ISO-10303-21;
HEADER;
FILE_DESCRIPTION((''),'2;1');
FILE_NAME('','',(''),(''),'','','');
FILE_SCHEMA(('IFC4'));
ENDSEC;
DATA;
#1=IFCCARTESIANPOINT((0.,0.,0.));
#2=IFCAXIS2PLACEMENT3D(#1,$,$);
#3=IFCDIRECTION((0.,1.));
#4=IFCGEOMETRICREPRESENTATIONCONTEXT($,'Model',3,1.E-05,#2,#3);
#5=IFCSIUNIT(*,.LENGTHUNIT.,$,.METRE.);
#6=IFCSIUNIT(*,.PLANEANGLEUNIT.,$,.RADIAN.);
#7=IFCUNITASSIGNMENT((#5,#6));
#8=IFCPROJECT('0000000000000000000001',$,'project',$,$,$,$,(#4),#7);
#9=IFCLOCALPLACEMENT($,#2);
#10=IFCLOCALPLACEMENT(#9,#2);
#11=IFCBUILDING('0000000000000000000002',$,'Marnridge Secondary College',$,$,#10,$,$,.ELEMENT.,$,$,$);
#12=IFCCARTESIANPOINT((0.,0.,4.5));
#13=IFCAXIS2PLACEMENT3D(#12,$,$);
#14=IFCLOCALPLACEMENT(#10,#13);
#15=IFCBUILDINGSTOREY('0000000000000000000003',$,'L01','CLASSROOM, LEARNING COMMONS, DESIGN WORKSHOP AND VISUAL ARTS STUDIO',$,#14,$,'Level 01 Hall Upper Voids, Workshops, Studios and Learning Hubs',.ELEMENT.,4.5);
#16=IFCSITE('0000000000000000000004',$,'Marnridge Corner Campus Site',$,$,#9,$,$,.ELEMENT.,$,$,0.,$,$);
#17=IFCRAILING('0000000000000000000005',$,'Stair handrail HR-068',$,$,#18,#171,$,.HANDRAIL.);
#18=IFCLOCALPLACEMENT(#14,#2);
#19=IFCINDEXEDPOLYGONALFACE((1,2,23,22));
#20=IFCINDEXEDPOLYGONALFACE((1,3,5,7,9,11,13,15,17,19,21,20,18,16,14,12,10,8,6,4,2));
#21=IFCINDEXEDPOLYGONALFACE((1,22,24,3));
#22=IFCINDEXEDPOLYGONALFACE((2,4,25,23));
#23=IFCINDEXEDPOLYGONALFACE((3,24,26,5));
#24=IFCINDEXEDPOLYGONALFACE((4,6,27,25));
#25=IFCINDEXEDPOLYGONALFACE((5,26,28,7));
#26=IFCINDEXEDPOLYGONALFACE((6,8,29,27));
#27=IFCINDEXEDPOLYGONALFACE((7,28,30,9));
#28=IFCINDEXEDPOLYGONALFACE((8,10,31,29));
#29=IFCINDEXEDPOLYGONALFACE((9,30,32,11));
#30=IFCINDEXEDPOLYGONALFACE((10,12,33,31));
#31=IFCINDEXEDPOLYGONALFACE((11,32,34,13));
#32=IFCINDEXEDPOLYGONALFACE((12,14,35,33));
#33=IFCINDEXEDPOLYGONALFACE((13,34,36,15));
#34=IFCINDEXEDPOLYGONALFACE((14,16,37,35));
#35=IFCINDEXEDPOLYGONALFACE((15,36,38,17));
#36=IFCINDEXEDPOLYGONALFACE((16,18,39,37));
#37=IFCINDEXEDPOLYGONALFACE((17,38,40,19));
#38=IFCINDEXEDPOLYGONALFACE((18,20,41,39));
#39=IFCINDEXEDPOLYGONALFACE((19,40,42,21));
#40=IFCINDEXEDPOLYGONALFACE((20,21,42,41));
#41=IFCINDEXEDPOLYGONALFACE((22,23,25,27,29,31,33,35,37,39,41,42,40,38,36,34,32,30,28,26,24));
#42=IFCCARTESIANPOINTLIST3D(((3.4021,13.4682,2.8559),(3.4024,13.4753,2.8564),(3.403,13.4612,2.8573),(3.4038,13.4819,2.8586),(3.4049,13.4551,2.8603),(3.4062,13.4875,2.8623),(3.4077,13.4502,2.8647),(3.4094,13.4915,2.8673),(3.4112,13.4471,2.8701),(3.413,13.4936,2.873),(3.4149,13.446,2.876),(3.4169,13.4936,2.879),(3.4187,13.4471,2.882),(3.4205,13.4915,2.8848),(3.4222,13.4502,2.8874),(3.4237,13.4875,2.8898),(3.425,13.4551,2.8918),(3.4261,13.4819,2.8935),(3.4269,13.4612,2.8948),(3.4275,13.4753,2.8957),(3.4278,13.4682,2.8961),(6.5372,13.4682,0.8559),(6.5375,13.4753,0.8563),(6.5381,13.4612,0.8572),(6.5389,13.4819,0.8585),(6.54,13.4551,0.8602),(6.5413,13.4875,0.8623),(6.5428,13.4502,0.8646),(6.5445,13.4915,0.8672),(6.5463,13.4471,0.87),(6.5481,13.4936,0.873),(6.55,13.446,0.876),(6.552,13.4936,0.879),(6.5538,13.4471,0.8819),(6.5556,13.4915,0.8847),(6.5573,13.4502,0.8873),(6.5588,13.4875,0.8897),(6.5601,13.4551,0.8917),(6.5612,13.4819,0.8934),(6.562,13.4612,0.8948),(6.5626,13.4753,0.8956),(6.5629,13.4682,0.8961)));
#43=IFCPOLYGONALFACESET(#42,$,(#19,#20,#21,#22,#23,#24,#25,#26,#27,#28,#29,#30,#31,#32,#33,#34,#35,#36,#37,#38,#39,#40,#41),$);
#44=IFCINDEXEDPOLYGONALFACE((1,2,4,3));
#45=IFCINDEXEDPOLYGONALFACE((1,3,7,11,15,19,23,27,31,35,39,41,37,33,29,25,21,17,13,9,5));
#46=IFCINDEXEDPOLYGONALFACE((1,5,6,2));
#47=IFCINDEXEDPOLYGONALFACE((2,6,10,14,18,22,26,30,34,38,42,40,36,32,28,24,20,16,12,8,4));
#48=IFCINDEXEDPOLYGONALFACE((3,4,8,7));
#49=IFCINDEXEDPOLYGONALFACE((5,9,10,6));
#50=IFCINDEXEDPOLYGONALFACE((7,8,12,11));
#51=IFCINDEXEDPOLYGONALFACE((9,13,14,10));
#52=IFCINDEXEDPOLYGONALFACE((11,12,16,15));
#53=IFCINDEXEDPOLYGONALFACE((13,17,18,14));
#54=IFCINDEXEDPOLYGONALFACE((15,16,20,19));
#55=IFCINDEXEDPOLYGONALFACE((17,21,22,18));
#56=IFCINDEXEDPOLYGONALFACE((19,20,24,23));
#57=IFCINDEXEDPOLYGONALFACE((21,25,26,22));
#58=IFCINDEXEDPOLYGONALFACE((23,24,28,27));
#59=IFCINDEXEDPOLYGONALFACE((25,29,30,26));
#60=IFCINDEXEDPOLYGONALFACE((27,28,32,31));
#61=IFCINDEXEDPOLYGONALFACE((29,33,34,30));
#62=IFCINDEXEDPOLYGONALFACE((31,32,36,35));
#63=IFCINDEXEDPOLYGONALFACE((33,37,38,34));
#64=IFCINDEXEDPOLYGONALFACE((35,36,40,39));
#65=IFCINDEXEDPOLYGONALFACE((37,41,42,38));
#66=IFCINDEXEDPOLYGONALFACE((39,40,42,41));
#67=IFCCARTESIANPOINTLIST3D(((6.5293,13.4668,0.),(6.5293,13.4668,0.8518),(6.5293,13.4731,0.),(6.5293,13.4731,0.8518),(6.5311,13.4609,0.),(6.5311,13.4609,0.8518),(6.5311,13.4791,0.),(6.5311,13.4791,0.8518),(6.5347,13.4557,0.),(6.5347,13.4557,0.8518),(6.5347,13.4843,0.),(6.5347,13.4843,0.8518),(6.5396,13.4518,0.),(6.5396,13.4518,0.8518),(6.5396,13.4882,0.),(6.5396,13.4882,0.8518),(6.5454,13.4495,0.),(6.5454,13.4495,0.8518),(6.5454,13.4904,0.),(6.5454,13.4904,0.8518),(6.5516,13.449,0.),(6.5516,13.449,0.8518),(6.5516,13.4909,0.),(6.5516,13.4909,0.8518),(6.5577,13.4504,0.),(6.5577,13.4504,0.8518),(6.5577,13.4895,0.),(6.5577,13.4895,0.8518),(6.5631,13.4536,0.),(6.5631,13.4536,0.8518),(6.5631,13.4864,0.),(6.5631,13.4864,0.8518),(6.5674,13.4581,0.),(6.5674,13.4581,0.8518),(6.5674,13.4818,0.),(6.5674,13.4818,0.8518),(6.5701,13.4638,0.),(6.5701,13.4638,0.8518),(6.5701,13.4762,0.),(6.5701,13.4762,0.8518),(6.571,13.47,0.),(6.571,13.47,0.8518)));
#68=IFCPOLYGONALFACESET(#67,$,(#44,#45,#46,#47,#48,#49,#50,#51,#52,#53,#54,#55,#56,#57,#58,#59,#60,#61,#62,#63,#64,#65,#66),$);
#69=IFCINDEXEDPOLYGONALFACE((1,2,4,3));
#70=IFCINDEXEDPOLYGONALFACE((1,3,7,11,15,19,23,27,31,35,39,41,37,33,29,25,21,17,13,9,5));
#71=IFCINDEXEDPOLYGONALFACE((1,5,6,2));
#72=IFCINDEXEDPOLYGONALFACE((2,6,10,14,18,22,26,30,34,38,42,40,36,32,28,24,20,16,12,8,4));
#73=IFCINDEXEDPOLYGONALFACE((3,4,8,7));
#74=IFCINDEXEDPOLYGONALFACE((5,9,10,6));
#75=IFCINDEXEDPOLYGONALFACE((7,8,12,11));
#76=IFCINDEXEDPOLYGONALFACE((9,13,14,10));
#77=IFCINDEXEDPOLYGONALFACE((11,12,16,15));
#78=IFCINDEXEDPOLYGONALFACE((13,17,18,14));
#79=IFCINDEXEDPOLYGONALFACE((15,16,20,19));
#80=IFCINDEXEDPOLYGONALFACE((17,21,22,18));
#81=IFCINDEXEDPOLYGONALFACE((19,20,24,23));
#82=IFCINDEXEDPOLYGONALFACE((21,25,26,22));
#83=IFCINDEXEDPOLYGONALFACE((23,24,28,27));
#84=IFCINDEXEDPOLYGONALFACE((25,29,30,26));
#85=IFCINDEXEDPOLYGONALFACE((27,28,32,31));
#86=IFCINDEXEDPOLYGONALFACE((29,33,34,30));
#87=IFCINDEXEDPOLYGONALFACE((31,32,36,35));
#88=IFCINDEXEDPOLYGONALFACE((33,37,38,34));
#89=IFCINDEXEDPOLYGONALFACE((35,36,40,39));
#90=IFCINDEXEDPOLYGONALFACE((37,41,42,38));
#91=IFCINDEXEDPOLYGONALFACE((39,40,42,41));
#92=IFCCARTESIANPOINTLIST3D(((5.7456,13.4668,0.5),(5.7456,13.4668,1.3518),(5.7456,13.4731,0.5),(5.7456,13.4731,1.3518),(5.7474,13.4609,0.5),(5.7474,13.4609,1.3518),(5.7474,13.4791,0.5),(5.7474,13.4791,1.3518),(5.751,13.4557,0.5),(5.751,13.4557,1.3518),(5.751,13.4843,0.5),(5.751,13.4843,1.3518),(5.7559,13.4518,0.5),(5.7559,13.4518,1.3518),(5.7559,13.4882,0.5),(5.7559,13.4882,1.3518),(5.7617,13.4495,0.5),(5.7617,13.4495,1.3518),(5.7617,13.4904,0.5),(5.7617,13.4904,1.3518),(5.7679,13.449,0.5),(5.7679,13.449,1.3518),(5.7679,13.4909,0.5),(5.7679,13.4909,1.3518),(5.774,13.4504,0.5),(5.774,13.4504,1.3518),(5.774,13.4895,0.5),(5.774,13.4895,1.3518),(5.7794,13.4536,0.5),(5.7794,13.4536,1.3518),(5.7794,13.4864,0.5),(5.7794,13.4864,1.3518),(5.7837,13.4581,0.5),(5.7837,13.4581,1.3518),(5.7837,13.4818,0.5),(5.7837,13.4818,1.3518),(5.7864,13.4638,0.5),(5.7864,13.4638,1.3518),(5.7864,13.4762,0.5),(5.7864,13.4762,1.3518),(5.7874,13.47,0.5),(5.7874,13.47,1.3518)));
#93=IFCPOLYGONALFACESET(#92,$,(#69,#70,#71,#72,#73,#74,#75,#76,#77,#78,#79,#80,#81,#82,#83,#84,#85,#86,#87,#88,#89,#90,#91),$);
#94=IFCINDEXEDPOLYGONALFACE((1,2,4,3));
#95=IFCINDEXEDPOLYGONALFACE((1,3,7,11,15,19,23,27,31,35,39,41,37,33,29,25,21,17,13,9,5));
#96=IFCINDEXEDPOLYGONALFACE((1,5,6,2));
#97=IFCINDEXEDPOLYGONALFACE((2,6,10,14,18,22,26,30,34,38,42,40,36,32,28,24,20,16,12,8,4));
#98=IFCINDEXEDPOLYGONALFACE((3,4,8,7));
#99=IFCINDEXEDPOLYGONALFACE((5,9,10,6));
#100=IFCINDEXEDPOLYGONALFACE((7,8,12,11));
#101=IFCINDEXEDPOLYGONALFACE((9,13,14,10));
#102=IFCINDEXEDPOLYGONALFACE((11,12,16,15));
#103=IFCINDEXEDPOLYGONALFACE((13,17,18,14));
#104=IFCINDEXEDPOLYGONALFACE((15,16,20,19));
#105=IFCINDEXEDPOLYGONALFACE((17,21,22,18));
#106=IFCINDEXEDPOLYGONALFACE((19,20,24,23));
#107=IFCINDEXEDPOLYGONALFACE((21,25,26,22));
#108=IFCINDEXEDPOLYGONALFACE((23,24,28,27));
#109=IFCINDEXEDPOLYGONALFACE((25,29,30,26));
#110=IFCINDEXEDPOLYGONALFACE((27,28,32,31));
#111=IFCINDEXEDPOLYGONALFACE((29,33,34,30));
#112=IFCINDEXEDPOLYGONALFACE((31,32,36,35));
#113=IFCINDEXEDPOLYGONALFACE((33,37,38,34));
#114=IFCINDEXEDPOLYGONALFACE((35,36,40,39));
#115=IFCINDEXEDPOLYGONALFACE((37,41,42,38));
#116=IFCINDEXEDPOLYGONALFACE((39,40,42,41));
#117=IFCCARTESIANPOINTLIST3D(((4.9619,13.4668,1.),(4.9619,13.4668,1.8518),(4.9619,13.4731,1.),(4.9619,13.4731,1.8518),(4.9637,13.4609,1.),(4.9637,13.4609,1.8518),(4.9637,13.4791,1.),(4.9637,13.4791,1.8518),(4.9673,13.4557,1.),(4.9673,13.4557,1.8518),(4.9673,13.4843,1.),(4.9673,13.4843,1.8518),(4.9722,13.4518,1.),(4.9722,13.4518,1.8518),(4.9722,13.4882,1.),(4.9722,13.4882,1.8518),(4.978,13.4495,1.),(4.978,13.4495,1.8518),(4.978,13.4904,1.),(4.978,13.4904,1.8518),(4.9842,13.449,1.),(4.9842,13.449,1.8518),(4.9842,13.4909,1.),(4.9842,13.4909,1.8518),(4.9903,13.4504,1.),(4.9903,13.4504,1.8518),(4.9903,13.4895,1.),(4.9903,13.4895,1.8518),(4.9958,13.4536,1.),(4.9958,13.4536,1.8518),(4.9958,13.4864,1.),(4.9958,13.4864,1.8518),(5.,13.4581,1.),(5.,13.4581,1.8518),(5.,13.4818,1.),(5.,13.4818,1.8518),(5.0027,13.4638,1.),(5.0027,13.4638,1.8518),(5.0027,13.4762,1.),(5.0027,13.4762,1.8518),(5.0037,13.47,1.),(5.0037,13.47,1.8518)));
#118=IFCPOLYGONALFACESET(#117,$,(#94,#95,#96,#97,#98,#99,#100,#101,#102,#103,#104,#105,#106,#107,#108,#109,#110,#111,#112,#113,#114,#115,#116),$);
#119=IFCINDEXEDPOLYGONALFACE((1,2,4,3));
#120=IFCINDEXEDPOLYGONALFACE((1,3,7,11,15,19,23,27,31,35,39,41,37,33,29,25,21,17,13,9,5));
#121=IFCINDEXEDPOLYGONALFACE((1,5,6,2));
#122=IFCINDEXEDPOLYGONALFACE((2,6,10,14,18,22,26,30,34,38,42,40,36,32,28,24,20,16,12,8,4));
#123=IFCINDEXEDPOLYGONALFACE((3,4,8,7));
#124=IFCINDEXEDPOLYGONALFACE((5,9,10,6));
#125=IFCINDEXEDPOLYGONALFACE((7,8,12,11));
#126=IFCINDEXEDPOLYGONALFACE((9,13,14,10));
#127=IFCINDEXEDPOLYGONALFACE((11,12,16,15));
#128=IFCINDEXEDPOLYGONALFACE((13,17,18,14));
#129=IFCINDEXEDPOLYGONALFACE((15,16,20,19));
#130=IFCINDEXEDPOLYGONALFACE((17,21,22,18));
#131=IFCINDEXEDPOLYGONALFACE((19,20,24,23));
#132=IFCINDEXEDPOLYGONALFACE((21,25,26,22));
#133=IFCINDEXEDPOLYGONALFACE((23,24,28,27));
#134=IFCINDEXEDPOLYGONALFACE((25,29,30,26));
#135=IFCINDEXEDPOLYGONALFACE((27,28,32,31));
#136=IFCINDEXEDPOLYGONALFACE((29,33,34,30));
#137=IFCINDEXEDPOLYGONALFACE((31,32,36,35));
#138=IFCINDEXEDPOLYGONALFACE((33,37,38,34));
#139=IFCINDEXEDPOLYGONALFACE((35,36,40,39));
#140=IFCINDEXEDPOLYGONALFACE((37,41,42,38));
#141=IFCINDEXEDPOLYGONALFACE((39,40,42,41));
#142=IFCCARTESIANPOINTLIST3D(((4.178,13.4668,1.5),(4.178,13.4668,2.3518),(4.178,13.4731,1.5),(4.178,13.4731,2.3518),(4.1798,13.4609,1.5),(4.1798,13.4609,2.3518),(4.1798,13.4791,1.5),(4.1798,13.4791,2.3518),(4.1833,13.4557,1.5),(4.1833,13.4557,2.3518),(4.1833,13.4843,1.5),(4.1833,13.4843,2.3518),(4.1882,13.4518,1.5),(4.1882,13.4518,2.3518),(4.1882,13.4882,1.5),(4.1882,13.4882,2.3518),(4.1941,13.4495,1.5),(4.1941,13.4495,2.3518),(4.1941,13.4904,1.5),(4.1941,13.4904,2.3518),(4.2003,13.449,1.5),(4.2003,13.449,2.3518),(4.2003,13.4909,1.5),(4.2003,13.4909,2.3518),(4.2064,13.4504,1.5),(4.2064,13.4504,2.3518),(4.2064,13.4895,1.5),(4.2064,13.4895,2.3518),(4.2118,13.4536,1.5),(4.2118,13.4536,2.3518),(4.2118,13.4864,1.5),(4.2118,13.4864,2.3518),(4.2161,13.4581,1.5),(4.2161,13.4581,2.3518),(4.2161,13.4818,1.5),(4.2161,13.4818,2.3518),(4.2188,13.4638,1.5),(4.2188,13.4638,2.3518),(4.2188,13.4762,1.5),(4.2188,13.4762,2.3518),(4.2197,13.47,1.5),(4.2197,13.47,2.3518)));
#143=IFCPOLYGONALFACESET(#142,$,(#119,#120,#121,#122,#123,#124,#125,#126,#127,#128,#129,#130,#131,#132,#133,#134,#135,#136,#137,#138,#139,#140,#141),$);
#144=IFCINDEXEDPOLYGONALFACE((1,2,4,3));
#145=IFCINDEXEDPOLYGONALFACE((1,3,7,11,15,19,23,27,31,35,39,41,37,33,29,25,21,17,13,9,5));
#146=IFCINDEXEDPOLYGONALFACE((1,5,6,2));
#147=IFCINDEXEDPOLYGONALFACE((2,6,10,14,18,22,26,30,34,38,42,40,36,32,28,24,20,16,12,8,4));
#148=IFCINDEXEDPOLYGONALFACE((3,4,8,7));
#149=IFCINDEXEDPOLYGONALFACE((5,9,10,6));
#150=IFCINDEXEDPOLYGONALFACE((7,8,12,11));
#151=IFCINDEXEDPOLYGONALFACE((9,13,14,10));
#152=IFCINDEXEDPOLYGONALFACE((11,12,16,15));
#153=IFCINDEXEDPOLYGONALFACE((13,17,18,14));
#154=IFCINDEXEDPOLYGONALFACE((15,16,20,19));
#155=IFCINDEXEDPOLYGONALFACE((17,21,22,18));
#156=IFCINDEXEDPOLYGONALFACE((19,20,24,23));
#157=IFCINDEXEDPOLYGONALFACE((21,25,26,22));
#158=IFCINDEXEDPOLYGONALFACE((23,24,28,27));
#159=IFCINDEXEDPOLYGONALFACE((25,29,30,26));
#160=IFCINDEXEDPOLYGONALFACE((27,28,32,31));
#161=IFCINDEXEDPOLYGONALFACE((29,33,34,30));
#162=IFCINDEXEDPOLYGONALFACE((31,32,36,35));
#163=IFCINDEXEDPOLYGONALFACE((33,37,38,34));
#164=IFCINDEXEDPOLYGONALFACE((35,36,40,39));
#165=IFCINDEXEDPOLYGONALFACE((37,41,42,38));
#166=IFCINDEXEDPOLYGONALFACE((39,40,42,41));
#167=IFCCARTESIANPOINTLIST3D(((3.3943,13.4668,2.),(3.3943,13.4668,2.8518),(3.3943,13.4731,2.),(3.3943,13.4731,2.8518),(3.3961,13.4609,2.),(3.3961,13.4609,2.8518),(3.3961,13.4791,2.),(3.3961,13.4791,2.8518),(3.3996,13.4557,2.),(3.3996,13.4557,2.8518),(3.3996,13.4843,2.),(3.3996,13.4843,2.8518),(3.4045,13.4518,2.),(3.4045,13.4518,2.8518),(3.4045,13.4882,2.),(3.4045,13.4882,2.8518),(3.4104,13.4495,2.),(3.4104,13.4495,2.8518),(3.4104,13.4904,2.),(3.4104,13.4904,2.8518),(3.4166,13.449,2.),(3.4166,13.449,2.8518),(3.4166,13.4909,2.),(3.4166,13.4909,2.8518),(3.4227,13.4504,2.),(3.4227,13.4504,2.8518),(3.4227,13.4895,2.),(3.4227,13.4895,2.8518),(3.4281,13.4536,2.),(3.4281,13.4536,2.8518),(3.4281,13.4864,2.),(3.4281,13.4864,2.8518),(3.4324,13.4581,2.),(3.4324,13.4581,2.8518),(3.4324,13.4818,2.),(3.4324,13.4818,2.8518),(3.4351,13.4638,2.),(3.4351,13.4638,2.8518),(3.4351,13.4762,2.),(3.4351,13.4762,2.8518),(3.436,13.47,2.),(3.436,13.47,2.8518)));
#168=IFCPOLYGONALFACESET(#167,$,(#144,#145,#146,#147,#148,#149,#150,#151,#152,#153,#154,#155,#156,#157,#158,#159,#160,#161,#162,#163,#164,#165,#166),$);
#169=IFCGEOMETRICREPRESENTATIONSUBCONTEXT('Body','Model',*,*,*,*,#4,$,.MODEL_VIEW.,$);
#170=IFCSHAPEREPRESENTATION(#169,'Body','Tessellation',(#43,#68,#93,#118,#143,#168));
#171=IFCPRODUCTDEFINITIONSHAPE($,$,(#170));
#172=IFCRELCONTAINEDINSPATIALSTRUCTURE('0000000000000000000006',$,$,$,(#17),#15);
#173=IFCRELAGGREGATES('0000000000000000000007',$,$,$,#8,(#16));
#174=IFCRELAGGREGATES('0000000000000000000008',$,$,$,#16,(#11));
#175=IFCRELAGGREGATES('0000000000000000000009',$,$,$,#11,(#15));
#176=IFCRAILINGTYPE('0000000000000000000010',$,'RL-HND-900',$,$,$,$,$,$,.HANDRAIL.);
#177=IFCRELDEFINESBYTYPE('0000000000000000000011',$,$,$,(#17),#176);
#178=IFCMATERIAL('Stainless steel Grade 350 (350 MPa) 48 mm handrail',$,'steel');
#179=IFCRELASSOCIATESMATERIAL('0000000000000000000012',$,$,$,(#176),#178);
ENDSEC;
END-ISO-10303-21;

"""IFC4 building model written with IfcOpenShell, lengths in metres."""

from ifc_helpers import new_model, si_unit, direction, frame, origin, origin_2d, place, context, subcontext, project, spatial, circle, extrude, material, type_object, element, save


model = new_model("IFC4")

# Units and contexts
model_context = context("Model", 3, precision=1e-05, world=origin(), true_north=direction((0.0, 1.0)))
body_context = subcontext(model_context, "Body", "Model", "MODEL_VIEW")
ifc_project = project(units=[si_unit("LENGTHUNIT", "METRE"), si_unit("PLANEANGLEUNIT", "RADIAN")], contexts=[model_context])

# Site, building, storey
site_placement = place(None, origin())
site = spatial("IfcSite", under=ifc_project, at=site_placement, Name="Marnridge Corner Campus Site", CompositionType="ELEMENT", RefElevation=0.0)
building_placement = place(site_placement, origin())
building = spatial("IfcBuilding", under=site, at=building_placement, Name="Marnridge Secondary College", CompositionType="ELEMENT")
storey_placement = place(building_placement, frame((0.0, 0.0, 4.5)))
storey = spatial("IfcBuildingStorey", under=building, at=storey_placement, Name="L01", Description="CLASSROOM, LEARNING COMMONS, DESIGN WORKSHOP AND VISUAL ARTS STUDIO", LongName="Level 01 Hall Upper Voids, Workshops, Studios and Learning Hubs", CompositionType="ELEMENT", Elevation=4.5)

# Railing
ifc_material_1 = material(Name="Stainless steel Grade 350 (350 MPa) 48 mm handrail", Category="steel")
railing_type_1 = type_object("IfcRailingType", Name="RL-HND-900", PredefinedType="HANDRAIL", material=ifc_material_1)
for number, where, name in (
    (1, (6.55, 13.47, 0.0), "Stair handrail HR-068"),
):
    element("IfcRailing", number, at=place(storey_placement, frame(where)), inside=storey, type_object=railing_type_1, Name=name, PredefinedType="HANDRAIL", context=body_context, shape_type="SweptSolid", body=[
        extrude(circle(Radius=0.0239, at=origin_2d()), frame((0.0, 0.0, 0.876), z_axis=(-0.843053, 0.0, 0.537831), x_axis=(0.0, -1.0, 0.0)), (0.0, 0.0, 1.0), 3.7188),
        extrude(circle(Radius=0.021, at=origin_2d()), origin(), (0.0, 0.0, 1.0), 0.8518),
        extrude(circle(Radius=0.021, at=origin_2d()), frame((-0.7837, 0.0, 0.5)), (0.0, 0.0, 1.0), 0.8518),
        extrude(circle(Radius=0.021, at=origin_2d()), frame((-1.5674, 0.0, 1.0)), (0.0, 0.0, 1.0), 0.8518),
        extrude(circle(Radius=0.021, at=origin_2d()), frame((-2.3513, 0.0, 1.5)), (0.0, 0.0, 1.0), 0.8518),
        extrude(circle(Radius=0.021, at=origin_2d()), frame((-3.135, 0.0, 2.0)), (0.0, 0.0, 1.0), 0.8518),
    ])

save(model, "model.ifc")
